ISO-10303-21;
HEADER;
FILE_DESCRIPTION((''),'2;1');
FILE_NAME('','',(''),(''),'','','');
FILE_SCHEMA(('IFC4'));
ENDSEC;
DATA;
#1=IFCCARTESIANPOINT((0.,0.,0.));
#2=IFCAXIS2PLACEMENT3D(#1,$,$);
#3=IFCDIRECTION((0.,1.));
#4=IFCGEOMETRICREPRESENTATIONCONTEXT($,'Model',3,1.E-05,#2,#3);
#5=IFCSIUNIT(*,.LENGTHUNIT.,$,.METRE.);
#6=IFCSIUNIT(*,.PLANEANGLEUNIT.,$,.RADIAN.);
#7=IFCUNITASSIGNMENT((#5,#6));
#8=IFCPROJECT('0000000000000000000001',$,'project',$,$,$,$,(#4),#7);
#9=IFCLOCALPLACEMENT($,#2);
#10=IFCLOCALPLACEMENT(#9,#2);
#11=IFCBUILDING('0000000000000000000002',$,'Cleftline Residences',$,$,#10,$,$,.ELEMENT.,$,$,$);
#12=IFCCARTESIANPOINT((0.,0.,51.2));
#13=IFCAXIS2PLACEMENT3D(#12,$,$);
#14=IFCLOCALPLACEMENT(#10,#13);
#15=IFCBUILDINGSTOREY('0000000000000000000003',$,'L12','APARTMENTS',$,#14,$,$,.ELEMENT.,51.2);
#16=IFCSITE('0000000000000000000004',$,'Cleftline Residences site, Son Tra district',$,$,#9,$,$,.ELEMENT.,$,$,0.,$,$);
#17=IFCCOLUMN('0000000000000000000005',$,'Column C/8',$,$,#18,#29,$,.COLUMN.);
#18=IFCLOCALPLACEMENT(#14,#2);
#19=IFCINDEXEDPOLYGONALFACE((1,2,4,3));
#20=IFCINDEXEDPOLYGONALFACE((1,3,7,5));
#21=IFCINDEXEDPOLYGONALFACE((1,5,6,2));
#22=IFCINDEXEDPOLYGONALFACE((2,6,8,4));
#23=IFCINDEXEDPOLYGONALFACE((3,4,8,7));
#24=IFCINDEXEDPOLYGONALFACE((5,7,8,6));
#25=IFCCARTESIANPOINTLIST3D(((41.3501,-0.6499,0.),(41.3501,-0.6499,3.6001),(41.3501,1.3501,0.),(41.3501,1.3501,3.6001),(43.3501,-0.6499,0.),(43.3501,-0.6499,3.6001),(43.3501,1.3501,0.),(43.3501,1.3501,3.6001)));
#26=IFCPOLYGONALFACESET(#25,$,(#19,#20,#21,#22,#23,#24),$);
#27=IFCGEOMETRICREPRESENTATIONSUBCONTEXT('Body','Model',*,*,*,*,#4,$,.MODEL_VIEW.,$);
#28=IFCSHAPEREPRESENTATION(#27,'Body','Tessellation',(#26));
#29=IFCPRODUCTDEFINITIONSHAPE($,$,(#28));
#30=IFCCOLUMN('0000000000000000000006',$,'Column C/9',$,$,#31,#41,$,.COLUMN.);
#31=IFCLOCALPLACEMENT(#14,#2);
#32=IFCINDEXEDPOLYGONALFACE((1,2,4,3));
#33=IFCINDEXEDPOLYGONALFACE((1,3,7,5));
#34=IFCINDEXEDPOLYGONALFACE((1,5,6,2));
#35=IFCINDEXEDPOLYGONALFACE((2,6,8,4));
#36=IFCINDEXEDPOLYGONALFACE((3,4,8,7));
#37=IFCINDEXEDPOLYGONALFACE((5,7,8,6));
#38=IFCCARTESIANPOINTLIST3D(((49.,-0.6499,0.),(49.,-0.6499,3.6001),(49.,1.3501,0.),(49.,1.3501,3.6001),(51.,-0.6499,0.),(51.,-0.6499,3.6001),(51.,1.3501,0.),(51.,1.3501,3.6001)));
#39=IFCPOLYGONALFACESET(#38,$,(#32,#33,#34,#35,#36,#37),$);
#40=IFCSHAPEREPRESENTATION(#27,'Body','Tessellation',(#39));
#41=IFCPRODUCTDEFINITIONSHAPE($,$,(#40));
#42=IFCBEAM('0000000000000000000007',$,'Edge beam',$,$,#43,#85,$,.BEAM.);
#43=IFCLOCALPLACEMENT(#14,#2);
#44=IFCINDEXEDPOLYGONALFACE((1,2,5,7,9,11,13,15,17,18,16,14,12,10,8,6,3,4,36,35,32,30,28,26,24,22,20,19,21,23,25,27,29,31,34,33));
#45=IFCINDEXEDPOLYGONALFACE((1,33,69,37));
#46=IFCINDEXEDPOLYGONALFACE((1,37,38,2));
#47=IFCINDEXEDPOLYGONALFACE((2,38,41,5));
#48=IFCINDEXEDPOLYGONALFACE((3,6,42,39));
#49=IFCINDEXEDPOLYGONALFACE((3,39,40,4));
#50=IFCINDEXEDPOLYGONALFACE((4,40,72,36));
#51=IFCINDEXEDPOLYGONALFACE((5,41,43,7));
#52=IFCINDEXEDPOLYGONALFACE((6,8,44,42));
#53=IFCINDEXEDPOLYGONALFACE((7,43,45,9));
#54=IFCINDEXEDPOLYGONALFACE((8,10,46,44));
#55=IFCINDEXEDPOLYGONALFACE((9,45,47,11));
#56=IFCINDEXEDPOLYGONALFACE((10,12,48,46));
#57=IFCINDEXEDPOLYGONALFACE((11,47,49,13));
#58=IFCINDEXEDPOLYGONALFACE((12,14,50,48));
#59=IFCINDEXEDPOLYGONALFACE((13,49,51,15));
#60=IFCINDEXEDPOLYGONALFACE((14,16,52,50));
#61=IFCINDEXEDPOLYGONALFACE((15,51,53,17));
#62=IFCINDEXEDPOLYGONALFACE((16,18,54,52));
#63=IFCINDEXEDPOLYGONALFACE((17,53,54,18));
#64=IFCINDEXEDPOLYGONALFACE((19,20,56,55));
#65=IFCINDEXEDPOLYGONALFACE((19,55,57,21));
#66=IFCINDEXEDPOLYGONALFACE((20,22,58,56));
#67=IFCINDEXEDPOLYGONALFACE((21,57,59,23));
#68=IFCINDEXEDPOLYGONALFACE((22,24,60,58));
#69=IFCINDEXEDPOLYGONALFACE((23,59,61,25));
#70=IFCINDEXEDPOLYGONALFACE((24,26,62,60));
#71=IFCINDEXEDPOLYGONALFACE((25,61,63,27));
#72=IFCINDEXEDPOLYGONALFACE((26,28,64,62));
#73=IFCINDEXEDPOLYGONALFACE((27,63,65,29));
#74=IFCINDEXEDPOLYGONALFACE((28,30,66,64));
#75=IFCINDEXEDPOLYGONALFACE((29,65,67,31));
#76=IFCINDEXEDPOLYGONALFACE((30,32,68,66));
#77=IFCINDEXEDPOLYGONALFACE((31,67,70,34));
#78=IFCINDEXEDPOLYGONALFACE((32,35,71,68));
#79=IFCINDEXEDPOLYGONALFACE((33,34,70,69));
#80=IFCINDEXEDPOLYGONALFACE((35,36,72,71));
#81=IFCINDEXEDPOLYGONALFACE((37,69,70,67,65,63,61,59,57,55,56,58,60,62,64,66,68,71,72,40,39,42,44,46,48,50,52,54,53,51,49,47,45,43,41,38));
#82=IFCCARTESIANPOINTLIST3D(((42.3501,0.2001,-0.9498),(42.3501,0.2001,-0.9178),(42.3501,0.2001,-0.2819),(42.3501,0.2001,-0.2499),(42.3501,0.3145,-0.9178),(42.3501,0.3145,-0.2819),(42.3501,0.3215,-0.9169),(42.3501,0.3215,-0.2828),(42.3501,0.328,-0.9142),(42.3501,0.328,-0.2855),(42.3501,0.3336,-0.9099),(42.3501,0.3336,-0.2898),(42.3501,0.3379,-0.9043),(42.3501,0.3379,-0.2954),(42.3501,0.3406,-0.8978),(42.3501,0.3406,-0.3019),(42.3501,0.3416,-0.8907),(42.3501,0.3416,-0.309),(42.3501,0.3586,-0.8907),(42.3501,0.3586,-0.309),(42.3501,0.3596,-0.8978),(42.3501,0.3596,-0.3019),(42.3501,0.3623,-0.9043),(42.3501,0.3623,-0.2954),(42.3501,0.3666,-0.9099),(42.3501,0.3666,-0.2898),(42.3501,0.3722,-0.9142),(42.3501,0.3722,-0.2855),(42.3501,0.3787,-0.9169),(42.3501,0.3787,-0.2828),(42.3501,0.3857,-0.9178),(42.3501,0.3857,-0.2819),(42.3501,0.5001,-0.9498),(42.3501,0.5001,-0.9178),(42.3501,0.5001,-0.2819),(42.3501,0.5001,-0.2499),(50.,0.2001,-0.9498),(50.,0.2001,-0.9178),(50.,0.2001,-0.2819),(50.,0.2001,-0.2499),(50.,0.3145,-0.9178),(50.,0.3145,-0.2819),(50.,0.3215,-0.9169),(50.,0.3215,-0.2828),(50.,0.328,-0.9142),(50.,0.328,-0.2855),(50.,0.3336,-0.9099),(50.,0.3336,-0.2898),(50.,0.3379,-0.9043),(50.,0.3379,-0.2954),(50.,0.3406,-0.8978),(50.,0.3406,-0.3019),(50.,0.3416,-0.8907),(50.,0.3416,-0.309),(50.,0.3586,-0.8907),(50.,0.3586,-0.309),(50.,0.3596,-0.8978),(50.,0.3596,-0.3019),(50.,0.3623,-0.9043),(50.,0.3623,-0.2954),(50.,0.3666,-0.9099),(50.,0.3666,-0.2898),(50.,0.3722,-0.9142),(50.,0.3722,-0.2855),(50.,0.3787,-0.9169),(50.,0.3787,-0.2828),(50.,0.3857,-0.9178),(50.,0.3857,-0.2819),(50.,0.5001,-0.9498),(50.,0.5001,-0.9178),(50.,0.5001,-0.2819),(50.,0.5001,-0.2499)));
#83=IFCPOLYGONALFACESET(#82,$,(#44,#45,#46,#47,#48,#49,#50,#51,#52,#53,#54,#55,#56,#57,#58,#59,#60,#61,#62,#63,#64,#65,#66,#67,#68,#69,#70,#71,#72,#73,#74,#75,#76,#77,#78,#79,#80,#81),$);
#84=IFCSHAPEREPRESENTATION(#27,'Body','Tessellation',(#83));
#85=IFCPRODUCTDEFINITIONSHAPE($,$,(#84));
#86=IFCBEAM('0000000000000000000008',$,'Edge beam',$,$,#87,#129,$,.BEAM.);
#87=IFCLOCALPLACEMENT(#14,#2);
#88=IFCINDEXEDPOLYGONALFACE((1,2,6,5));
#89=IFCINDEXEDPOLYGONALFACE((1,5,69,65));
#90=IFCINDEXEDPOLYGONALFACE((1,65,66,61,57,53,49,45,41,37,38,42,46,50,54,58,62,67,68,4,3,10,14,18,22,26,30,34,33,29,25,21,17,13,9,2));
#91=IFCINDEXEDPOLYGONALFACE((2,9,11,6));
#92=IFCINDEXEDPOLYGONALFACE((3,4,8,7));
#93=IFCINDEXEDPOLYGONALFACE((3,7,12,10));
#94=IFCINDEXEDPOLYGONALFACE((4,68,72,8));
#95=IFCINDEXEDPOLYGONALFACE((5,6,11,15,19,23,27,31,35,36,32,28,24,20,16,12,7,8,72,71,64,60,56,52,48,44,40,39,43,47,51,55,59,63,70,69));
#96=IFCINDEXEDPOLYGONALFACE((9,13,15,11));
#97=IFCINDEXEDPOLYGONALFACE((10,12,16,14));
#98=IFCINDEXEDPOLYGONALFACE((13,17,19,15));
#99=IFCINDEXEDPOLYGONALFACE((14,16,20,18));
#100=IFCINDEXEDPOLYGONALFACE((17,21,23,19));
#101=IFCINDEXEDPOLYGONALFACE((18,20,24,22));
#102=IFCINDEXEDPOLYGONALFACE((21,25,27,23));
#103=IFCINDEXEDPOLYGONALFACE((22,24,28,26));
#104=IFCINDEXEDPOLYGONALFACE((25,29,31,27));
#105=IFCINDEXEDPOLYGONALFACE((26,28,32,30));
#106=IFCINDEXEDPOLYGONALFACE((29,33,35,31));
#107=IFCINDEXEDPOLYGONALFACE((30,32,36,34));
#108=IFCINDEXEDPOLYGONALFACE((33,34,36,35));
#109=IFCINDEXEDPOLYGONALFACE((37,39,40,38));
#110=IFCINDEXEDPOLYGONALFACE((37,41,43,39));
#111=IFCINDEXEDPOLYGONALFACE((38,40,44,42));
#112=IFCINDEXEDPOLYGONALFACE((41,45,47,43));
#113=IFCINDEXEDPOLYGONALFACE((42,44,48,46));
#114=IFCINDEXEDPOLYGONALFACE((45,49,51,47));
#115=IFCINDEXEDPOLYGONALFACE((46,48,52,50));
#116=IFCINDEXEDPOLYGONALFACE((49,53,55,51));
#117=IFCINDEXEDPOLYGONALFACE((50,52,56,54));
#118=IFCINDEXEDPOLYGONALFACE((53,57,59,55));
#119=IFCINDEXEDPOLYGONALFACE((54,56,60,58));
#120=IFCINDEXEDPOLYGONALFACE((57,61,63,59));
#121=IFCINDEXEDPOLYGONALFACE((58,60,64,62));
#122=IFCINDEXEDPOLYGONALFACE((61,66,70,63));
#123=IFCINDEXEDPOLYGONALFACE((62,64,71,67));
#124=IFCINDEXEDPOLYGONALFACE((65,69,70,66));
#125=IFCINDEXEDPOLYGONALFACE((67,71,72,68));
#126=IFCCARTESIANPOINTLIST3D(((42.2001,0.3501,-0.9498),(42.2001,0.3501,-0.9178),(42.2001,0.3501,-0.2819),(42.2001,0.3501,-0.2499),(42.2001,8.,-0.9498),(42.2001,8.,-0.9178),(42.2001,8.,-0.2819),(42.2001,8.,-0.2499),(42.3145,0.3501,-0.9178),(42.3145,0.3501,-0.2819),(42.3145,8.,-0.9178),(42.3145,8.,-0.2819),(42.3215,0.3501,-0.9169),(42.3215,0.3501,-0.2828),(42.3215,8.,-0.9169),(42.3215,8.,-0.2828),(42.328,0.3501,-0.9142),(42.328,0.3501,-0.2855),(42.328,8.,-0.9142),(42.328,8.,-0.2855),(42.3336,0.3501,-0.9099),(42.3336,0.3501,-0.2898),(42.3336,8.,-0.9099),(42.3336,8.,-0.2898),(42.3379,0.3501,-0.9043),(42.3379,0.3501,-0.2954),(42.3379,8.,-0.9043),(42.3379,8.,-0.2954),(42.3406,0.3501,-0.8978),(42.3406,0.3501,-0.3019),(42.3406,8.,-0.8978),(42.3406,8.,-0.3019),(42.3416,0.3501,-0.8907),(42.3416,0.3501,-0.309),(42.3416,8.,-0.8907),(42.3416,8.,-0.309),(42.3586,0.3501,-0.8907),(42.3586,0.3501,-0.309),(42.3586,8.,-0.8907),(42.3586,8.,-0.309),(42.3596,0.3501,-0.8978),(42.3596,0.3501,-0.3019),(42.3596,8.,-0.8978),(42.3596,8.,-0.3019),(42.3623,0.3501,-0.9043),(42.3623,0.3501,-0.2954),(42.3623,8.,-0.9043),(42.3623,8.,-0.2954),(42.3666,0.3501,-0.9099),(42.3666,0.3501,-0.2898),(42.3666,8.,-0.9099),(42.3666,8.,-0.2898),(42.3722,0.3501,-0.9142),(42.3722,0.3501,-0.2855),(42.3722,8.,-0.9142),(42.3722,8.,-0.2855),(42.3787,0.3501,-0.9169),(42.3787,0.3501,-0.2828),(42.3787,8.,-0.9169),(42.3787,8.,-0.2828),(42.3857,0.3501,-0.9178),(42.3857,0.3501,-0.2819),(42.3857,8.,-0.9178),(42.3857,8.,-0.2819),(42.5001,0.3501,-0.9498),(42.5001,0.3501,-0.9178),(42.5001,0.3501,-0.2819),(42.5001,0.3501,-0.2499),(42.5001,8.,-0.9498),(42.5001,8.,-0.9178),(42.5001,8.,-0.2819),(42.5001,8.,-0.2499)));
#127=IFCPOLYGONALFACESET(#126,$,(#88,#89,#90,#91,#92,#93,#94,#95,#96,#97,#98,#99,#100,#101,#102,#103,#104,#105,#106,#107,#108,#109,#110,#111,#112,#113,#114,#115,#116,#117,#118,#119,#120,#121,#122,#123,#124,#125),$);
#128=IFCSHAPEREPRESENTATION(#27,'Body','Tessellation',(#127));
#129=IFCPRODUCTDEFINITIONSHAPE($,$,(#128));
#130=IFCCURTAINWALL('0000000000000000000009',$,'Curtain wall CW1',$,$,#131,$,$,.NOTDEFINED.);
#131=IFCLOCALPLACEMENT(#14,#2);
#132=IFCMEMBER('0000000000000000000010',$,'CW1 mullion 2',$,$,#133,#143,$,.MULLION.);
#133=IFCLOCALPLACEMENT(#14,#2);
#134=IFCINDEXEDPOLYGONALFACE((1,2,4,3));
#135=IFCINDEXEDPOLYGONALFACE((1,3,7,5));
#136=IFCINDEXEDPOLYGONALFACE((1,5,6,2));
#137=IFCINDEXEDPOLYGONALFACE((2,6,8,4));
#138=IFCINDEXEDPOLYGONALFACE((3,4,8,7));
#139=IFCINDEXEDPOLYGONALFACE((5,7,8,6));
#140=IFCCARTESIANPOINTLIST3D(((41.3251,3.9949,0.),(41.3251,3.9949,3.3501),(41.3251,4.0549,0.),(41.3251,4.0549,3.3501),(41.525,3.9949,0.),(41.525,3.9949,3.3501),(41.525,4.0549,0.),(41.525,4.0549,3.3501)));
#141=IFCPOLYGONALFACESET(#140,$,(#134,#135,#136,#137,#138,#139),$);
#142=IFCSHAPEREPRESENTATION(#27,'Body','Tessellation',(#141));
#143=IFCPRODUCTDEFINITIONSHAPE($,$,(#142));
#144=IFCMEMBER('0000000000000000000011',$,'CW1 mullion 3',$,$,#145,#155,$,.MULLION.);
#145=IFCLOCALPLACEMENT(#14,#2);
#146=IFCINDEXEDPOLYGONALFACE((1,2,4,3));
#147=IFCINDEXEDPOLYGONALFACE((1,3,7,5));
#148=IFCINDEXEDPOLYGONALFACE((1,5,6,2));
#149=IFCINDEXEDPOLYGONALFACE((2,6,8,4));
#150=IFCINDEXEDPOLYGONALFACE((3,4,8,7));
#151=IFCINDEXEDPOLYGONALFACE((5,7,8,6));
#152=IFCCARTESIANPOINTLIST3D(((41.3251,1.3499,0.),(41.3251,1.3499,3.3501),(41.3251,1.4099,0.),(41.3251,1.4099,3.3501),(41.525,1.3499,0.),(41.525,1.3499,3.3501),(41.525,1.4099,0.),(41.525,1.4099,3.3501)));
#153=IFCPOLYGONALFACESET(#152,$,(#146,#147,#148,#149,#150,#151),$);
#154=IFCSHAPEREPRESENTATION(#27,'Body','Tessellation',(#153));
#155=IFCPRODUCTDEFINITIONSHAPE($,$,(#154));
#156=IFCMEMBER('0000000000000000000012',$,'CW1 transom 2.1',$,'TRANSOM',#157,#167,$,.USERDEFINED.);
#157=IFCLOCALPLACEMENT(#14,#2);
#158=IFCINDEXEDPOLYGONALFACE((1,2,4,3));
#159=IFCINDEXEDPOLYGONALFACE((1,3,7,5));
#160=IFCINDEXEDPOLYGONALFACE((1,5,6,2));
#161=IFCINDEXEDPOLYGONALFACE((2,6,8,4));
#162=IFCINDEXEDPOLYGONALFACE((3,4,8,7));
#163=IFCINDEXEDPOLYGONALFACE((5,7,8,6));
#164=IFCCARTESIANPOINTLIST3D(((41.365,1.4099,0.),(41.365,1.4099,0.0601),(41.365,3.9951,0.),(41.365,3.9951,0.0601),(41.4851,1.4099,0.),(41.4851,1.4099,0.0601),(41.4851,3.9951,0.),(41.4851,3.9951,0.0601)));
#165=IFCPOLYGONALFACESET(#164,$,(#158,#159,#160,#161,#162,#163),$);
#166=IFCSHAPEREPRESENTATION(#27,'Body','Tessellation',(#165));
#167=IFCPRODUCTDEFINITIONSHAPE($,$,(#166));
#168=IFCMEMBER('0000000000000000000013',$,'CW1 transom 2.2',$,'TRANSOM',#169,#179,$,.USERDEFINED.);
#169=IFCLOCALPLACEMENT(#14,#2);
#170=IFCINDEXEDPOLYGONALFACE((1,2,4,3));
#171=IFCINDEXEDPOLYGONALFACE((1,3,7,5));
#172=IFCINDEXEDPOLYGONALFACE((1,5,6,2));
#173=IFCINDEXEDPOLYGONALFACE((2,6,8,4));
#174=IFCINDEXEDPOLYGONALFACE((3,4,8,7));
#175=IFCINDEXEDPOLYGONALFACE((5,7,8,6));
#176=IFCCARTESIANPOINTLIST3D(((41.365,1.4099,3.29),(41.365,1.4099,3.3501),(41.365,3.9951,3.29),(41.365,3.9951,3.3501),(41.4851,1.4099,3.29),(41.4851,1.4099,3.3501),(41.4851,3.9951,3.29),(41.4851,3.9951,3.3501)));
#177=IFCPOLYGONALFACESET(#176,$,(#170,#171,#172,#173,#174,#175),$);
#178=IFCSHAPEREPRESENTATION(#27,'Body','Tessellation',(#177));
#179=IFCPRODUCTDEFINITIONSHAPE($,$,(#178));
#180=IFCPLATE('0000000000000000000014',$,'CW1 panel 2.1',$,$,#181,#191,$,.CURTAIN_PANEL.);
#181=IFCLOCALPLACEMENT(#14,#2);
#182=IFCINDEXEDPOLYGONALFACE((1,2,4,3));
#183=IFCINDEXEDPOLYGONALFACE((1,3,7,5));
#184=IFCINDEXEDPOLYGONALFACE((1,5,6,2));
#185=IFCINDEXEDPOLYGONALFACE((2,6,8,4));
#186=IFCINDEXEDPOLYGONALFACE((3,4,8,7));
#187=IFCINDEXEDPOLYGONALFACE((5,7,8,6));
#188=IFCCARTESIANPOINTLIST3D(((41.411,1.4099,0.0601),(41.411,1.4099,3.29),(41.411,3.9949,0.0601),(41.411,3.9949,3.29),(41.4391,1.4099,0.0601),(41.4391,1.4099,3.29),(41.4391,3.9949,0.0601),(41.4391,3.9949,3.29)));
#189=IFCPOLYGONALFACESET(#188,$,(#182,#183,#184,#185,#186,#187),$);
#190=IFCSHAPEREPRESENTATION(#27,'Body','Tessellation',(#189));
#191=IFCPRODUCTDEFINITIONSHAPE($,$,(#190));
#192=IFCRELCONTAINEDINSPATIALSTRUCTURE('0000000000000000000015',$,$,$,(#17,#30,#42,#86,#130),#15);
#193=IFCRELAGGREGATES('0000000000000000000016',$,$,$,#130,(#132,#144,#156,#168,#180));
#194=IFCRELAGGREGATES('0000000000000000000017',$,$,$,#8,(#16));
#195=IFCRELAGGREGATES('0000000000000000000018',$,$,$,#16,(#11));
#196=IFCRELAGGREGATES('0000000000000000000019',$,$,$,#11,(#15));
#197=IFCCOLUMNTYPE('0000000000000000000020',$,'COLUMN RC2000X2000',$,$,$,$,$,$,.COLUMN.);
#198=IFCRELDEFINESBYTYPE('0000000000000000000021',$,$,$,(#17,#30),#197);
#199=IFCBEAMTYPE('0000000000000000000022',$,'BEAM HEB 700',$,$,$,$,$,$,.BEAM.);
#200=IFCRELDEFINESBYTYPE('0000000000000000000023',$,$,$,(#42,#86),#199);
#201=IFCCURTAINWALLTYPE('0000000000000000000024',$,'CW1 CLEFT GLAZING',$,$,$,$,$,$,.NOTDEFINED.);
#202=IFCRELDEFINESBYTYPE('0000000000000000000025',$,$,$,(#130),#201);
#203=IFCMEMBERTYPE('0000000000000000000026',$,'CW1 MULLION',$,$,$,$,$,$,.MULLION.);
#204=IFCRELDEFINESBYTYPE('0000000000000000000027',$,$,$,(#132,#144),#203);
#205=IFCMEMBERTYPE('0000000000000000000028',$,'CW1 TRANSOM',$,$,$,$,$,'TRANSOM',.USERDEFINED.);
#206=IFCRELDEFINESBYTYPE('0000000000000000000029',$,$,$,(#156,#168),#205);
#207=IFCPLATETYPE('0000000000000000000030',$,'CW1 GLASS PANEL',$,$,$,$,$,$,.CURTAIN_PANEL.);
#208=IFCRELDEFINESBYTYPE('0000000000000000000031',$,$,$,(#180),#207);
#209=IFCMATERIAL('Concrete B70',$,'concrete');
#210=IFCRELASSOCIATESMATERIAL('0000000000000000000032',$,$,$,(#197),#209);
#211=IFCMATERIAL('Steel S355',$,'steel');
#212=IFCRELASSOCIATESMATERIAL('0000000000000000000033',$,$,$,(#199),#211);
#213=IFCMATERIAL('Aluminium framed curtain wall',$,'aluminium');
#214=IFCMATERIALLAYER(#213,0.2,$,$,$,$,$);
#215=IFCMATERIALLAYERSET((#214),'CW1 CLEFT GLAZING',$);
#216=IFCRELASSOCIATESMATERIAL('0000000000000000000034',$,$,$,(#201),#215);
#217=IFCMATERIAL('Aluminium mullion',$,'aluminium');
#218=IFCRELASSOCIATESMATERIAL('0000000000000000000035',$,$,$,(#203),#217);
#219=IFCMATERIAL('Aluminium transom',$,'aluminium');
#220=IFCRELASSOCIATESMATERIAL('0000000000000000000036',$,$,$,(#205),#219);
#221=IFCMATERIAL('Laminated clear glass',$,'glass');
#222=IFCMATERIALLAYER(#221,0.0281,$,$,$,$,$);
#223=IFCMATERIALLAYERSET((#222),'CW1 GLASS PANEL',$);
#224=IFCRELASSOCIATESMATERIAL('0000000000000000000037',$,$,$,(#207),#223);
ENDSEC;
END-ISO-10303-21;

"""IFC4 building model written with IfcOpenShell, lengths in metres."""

from ifc_helpers import new_model, si_unit, direction, frame, origin, origin_2d, place, context, subcontext, project, spatial, rectangle, i_section, extrude, material, layer, layer_set, material_profile, profile_set, type_object, element, aggregate, save


model = new_model("IFC4")

# Units and contexts
model_context = context("Model", 3, precision=1e-05, world=origin(), true_north=direction((0.0, 1.0)))
body_context = subcontext(model_context, "Body", "Model", "MODEL_VIEW")
ifc_project = project(units=[si_unit("LENGTHUNIT", "METRE"), si_unit("PLANEANGLEUNIT", "RADIAN")], contexts=[model_context])

# Site, building, storey
site_placement = place(None, origin())
site = spatial("IfcSite", under=ifc_project, at=site_placement, Name="Cleftline Residences site, Son Tra district", CompositionType="ELEMENT", RefElevation=0.0)
building_placement = place(site_placement, origin())
building = spatial("IfcBuilding", under=site, at=building_placement, Name="Cleftline Residences", CompositionType="ELEMENT")
storey_placement = place(building_placement, frame((0.0, 0.0, 51.2)))
storey = spatial("IfcBuildingStorey", under=building, at=storey_placement, Name="L12", Description="APARTMENTS", CompositionType="ELEMENT", Elevation=51.2)

# Columns
ifc_material_1 = material(Name="Concrete B70", Category="concrete")
ifc_material_profile_1 = material_profile(ifc_material_1, rectangle(XDim=2.0, YDim=2.0, at=origin_2d()))
ifc_profile_set_1 = profile_set([ifc_material_profile_1], Name="Concrete B70")
column_type = type_object("IfcColumnType", Name="COLUMN RC2000X2000", PredefinedType="COLUMN", material=ifc_profile_set_1)
for number, where, z_axis, x_axis, name in (
    (1, (42.3501, 0.3501, 0.0), (0.0, 0.0, 1.0), (1.0, 0.0, 0.0), "Column C/8"),
    (2, (50.0, 0.3501, 0.0), (0.0, 0.0, 1.0), (1.0, 0.0, 0.0), "Column C/9"),
):
    element("IfcColumn", number, at=place(storey_placement, frame(where, z_axis=z_axis, x_axis=x_axis)), inside=storey, type_object=column_type, Name=name, PredefinedType="COLUMN", context=body_context, shape_type="SweptSolid", body=[
        extrude(rectangle(XDim=2.0, YDim=2.0, at=origin_2d()), origin(), (0.0, 0.0, 1.0), 3.6001),
    ])

# Beams
ifc_material_2 = material(Name="Steel S355", Category="steel")
ifc_material_profile_2 = material_profile(ifc_material_2, i_section(OverallWidth=0.3, OverallDepth=0.7, WebThickness=0.0171, FlangeThickness=0.032, FilletRadius=0.0271, at=origin_2d()))
ifc_profile_set_2 = profile_set([ifc_material_profile_2], Name="Steel S355")
beam_type = type_object("IfcBeamType", Name="BEAM HEB 700", PredefinedType="BEAM", material=ifc_profile_set_2)
for number, where, z_axis, x_axis, name in (
    (3, (50.0, 0.3501, -0.5999), (-1.0, 0.0, 0.0), (0.0, -1.0, 0.0), "Edge beam"),
    (4, (42.3501, 0.3501, -0.5999), (0.0, 1.0, 0.0), (-1.0, 0.0, 0.0), "Edge beam"),
):
    element("IfcBeam", number, at=place(storey_placement, frame(where, z_axis=z_axis, x_axis=x_axis)), inside=storey, type_object=beam_type, Name=name, PredefinedType="BEAM", context=body_context, shape_type="SweptSolid", body=[
        extrude(i_section(OverallWidth=0.3, OverallDepth=0.7, WebThickness=0.0171, FlangeThickness=0.032, FilletRadius=0.0271, at=origin_2d()), origin(), (0.0, 0.0, 1.0), 7.6499),
    ])

# Curtain wall, members, plate
ifc_material_3 = material(Name="Aluminium framed curtain wall", Category="aluminium")
ifc_layer_1 = layer(ifc_material_3, 0.2)
ifc_layer_set_1 = layer_set([ifc_layer_1], Name="CW1 CLEFT GLAZING")
curtain_wall_type = type_object("IfcCurtainWallType", Name="CW1 CLEFT GLAZING", PredefinedType="NOTDEFINED", material=ifc_layer_set_1)
curtain_wall_placement = place(storey_placement, origin())
curtain_wall = element("IfcCurtainWall", 5, at=curtain_wall_placement, inside=storey, type_object=curtain_wall_type, Name="Curtain wall CW1", PredefinedType="NOTDEFINED")
ifc_material_4 = material(Name="Aluminium mullion", Category="aluminium")
ifc_material_profile_3 = material_profile(ifc_material_4, rectangle(XDim=0.2, YDim=0.0601, at=origin_2d()))
ifc_profile_set_3 = profile_set([ifc_material_profile_3], Name="Aluminium mullion")
member_type_1 = type_object("IfcMemberType", Name="CW1 MULLION", PredefinedType="MULLION", material=ifc_profile_set_3)
member_1_placement = place(storey_placement, frame((41.425, 4.0249, 0.0), z_axis=(0.0, 0.0, 1.0), x_axis=(1.0, 0.0, 0.0)))
member_1 = element("IfcMember", 6, at=member_1_placement, type_object=member_type_1, Name="CW1 mullion 2", PredefinedType="MULLION", context=body_context, shape_type="SweptSolid", body=[
    extrude(rectangle(XDim=0.2, YDim=0.0601, at=origin_2d()), origin(), (0.0, 0.0, 1.0), 3.3501),
])
member_2_placement = place(storey_placement, frame((41.425, 1.3799, 0.0), z_axis=(0.0, 0.0, 1.0), x_axis=(1.0, 0.0, 0.0)))
member_2 = element("IfcMember", 7, at=member_2_placement, type_object=member_type_1, Name="CW1 mullion 3", PredefinedType="MULLION", context=body_context, shape_type="SweptSolid", body=[
    extrude(rectangle(XDim=0.2, YDim=0.0601, at=origin_2d()), origin(), (0.0, 0.0, 1.0), 3.3501),
])
ifc_material_5 = material(Name="Aluminium transom", Category="aluminium")
ifc_material_profile_4 = material_profile(ifc_material_5, rectangle(XDim=0.1201, YDim=0.0601, at=origin_2d()))
ifc_profile_set_4 = profile_set([ifc_material_profile_4], Name="Aluminium transom")
member_type_2 = type_object("IfcMemberType", Name="CW1 TRANSOM", ElementType="TRANSOM", PredefinedType="USERDEFINED", material=ifc_profile_set_4)
member_3_placement = place(storey_placement, frame((41.425, 3.9951, 0.03), z_axis=(0.0, -1.0, 0.0), x_axis=(1.0, 0.0, 0.0)))
member_3 = element("IfcMember", 8, at=member_3_placement, type_object=member_type_2, Name="CW1 transom 2.1", ObjectType="TRANSOM", PredefinedType="USERDEFINED", context=body_context, shape_type="SweptSolid", body=[
    extrude(rectangle(XDim=0.1201, YDim=0.0601, at=origin_2d()), origin(), (0.0, 0.0, 1.0), 2.5852),
])
member_4_placement = place(storey_placement, frame((41.425, 3.9951, 3.3201), z_axis=(0.0, -1.0, 0.0), x_axis=(1.0, 0.0, 0.0)))
member_4 = element("IfcMember", 9, at=member_4_placement, type_object=member_type_2, Name="CW1 transom 2.2", ObjectType="TRANSOM", PredefinedType="USERDEFINED", context=body_context, shape_type="SweptSolid", body=[
    extrude(rectangle(XDim=0.1201, YDim=0.0601, at=origin_2d()), origin(), (0.0, 0.0, 1.0), 2.5852),
])
ifc_material_6 = material(Name="Laminated clear glass", Category="glass")
ifc_layer_2 = layer(ifc_material_6, 0.0281)
ifc_layer_set_2 = layer_set([ifc_layer_2], Name="CW1 GLASS PANEL")
plate_type = type_object("IfcPlateType", Name="CW1 GLASS PANEL", PredefinedType="CURTAIN_PANEL", material=ifc_layer_set_2)
plate_placement = place(storey_placement, frame((41.425, 2.7024, 0.0601), z_axis=(0.0, 0.0, 1.0), x_axis=(0.0, -1.0, 0.0)))
plate = element("IfcPlate", 10, at=plate_placement, type_object=plate_type, Name="CW1 panel 2.1", PredefinedType="CURTAIN_PANEL", context=body_context, shape_type="SweptSolid", body=[
    extrude(rectangle(XDim=2.585, YDim=0.0281, at=origin_2d()), origin(), (0.0, 0.0, 1.0), 3.23),
])
aggregate(curtain_wall, [member_1, member_2, member_3, member_4, plate])

save(model, "model.ifc")
